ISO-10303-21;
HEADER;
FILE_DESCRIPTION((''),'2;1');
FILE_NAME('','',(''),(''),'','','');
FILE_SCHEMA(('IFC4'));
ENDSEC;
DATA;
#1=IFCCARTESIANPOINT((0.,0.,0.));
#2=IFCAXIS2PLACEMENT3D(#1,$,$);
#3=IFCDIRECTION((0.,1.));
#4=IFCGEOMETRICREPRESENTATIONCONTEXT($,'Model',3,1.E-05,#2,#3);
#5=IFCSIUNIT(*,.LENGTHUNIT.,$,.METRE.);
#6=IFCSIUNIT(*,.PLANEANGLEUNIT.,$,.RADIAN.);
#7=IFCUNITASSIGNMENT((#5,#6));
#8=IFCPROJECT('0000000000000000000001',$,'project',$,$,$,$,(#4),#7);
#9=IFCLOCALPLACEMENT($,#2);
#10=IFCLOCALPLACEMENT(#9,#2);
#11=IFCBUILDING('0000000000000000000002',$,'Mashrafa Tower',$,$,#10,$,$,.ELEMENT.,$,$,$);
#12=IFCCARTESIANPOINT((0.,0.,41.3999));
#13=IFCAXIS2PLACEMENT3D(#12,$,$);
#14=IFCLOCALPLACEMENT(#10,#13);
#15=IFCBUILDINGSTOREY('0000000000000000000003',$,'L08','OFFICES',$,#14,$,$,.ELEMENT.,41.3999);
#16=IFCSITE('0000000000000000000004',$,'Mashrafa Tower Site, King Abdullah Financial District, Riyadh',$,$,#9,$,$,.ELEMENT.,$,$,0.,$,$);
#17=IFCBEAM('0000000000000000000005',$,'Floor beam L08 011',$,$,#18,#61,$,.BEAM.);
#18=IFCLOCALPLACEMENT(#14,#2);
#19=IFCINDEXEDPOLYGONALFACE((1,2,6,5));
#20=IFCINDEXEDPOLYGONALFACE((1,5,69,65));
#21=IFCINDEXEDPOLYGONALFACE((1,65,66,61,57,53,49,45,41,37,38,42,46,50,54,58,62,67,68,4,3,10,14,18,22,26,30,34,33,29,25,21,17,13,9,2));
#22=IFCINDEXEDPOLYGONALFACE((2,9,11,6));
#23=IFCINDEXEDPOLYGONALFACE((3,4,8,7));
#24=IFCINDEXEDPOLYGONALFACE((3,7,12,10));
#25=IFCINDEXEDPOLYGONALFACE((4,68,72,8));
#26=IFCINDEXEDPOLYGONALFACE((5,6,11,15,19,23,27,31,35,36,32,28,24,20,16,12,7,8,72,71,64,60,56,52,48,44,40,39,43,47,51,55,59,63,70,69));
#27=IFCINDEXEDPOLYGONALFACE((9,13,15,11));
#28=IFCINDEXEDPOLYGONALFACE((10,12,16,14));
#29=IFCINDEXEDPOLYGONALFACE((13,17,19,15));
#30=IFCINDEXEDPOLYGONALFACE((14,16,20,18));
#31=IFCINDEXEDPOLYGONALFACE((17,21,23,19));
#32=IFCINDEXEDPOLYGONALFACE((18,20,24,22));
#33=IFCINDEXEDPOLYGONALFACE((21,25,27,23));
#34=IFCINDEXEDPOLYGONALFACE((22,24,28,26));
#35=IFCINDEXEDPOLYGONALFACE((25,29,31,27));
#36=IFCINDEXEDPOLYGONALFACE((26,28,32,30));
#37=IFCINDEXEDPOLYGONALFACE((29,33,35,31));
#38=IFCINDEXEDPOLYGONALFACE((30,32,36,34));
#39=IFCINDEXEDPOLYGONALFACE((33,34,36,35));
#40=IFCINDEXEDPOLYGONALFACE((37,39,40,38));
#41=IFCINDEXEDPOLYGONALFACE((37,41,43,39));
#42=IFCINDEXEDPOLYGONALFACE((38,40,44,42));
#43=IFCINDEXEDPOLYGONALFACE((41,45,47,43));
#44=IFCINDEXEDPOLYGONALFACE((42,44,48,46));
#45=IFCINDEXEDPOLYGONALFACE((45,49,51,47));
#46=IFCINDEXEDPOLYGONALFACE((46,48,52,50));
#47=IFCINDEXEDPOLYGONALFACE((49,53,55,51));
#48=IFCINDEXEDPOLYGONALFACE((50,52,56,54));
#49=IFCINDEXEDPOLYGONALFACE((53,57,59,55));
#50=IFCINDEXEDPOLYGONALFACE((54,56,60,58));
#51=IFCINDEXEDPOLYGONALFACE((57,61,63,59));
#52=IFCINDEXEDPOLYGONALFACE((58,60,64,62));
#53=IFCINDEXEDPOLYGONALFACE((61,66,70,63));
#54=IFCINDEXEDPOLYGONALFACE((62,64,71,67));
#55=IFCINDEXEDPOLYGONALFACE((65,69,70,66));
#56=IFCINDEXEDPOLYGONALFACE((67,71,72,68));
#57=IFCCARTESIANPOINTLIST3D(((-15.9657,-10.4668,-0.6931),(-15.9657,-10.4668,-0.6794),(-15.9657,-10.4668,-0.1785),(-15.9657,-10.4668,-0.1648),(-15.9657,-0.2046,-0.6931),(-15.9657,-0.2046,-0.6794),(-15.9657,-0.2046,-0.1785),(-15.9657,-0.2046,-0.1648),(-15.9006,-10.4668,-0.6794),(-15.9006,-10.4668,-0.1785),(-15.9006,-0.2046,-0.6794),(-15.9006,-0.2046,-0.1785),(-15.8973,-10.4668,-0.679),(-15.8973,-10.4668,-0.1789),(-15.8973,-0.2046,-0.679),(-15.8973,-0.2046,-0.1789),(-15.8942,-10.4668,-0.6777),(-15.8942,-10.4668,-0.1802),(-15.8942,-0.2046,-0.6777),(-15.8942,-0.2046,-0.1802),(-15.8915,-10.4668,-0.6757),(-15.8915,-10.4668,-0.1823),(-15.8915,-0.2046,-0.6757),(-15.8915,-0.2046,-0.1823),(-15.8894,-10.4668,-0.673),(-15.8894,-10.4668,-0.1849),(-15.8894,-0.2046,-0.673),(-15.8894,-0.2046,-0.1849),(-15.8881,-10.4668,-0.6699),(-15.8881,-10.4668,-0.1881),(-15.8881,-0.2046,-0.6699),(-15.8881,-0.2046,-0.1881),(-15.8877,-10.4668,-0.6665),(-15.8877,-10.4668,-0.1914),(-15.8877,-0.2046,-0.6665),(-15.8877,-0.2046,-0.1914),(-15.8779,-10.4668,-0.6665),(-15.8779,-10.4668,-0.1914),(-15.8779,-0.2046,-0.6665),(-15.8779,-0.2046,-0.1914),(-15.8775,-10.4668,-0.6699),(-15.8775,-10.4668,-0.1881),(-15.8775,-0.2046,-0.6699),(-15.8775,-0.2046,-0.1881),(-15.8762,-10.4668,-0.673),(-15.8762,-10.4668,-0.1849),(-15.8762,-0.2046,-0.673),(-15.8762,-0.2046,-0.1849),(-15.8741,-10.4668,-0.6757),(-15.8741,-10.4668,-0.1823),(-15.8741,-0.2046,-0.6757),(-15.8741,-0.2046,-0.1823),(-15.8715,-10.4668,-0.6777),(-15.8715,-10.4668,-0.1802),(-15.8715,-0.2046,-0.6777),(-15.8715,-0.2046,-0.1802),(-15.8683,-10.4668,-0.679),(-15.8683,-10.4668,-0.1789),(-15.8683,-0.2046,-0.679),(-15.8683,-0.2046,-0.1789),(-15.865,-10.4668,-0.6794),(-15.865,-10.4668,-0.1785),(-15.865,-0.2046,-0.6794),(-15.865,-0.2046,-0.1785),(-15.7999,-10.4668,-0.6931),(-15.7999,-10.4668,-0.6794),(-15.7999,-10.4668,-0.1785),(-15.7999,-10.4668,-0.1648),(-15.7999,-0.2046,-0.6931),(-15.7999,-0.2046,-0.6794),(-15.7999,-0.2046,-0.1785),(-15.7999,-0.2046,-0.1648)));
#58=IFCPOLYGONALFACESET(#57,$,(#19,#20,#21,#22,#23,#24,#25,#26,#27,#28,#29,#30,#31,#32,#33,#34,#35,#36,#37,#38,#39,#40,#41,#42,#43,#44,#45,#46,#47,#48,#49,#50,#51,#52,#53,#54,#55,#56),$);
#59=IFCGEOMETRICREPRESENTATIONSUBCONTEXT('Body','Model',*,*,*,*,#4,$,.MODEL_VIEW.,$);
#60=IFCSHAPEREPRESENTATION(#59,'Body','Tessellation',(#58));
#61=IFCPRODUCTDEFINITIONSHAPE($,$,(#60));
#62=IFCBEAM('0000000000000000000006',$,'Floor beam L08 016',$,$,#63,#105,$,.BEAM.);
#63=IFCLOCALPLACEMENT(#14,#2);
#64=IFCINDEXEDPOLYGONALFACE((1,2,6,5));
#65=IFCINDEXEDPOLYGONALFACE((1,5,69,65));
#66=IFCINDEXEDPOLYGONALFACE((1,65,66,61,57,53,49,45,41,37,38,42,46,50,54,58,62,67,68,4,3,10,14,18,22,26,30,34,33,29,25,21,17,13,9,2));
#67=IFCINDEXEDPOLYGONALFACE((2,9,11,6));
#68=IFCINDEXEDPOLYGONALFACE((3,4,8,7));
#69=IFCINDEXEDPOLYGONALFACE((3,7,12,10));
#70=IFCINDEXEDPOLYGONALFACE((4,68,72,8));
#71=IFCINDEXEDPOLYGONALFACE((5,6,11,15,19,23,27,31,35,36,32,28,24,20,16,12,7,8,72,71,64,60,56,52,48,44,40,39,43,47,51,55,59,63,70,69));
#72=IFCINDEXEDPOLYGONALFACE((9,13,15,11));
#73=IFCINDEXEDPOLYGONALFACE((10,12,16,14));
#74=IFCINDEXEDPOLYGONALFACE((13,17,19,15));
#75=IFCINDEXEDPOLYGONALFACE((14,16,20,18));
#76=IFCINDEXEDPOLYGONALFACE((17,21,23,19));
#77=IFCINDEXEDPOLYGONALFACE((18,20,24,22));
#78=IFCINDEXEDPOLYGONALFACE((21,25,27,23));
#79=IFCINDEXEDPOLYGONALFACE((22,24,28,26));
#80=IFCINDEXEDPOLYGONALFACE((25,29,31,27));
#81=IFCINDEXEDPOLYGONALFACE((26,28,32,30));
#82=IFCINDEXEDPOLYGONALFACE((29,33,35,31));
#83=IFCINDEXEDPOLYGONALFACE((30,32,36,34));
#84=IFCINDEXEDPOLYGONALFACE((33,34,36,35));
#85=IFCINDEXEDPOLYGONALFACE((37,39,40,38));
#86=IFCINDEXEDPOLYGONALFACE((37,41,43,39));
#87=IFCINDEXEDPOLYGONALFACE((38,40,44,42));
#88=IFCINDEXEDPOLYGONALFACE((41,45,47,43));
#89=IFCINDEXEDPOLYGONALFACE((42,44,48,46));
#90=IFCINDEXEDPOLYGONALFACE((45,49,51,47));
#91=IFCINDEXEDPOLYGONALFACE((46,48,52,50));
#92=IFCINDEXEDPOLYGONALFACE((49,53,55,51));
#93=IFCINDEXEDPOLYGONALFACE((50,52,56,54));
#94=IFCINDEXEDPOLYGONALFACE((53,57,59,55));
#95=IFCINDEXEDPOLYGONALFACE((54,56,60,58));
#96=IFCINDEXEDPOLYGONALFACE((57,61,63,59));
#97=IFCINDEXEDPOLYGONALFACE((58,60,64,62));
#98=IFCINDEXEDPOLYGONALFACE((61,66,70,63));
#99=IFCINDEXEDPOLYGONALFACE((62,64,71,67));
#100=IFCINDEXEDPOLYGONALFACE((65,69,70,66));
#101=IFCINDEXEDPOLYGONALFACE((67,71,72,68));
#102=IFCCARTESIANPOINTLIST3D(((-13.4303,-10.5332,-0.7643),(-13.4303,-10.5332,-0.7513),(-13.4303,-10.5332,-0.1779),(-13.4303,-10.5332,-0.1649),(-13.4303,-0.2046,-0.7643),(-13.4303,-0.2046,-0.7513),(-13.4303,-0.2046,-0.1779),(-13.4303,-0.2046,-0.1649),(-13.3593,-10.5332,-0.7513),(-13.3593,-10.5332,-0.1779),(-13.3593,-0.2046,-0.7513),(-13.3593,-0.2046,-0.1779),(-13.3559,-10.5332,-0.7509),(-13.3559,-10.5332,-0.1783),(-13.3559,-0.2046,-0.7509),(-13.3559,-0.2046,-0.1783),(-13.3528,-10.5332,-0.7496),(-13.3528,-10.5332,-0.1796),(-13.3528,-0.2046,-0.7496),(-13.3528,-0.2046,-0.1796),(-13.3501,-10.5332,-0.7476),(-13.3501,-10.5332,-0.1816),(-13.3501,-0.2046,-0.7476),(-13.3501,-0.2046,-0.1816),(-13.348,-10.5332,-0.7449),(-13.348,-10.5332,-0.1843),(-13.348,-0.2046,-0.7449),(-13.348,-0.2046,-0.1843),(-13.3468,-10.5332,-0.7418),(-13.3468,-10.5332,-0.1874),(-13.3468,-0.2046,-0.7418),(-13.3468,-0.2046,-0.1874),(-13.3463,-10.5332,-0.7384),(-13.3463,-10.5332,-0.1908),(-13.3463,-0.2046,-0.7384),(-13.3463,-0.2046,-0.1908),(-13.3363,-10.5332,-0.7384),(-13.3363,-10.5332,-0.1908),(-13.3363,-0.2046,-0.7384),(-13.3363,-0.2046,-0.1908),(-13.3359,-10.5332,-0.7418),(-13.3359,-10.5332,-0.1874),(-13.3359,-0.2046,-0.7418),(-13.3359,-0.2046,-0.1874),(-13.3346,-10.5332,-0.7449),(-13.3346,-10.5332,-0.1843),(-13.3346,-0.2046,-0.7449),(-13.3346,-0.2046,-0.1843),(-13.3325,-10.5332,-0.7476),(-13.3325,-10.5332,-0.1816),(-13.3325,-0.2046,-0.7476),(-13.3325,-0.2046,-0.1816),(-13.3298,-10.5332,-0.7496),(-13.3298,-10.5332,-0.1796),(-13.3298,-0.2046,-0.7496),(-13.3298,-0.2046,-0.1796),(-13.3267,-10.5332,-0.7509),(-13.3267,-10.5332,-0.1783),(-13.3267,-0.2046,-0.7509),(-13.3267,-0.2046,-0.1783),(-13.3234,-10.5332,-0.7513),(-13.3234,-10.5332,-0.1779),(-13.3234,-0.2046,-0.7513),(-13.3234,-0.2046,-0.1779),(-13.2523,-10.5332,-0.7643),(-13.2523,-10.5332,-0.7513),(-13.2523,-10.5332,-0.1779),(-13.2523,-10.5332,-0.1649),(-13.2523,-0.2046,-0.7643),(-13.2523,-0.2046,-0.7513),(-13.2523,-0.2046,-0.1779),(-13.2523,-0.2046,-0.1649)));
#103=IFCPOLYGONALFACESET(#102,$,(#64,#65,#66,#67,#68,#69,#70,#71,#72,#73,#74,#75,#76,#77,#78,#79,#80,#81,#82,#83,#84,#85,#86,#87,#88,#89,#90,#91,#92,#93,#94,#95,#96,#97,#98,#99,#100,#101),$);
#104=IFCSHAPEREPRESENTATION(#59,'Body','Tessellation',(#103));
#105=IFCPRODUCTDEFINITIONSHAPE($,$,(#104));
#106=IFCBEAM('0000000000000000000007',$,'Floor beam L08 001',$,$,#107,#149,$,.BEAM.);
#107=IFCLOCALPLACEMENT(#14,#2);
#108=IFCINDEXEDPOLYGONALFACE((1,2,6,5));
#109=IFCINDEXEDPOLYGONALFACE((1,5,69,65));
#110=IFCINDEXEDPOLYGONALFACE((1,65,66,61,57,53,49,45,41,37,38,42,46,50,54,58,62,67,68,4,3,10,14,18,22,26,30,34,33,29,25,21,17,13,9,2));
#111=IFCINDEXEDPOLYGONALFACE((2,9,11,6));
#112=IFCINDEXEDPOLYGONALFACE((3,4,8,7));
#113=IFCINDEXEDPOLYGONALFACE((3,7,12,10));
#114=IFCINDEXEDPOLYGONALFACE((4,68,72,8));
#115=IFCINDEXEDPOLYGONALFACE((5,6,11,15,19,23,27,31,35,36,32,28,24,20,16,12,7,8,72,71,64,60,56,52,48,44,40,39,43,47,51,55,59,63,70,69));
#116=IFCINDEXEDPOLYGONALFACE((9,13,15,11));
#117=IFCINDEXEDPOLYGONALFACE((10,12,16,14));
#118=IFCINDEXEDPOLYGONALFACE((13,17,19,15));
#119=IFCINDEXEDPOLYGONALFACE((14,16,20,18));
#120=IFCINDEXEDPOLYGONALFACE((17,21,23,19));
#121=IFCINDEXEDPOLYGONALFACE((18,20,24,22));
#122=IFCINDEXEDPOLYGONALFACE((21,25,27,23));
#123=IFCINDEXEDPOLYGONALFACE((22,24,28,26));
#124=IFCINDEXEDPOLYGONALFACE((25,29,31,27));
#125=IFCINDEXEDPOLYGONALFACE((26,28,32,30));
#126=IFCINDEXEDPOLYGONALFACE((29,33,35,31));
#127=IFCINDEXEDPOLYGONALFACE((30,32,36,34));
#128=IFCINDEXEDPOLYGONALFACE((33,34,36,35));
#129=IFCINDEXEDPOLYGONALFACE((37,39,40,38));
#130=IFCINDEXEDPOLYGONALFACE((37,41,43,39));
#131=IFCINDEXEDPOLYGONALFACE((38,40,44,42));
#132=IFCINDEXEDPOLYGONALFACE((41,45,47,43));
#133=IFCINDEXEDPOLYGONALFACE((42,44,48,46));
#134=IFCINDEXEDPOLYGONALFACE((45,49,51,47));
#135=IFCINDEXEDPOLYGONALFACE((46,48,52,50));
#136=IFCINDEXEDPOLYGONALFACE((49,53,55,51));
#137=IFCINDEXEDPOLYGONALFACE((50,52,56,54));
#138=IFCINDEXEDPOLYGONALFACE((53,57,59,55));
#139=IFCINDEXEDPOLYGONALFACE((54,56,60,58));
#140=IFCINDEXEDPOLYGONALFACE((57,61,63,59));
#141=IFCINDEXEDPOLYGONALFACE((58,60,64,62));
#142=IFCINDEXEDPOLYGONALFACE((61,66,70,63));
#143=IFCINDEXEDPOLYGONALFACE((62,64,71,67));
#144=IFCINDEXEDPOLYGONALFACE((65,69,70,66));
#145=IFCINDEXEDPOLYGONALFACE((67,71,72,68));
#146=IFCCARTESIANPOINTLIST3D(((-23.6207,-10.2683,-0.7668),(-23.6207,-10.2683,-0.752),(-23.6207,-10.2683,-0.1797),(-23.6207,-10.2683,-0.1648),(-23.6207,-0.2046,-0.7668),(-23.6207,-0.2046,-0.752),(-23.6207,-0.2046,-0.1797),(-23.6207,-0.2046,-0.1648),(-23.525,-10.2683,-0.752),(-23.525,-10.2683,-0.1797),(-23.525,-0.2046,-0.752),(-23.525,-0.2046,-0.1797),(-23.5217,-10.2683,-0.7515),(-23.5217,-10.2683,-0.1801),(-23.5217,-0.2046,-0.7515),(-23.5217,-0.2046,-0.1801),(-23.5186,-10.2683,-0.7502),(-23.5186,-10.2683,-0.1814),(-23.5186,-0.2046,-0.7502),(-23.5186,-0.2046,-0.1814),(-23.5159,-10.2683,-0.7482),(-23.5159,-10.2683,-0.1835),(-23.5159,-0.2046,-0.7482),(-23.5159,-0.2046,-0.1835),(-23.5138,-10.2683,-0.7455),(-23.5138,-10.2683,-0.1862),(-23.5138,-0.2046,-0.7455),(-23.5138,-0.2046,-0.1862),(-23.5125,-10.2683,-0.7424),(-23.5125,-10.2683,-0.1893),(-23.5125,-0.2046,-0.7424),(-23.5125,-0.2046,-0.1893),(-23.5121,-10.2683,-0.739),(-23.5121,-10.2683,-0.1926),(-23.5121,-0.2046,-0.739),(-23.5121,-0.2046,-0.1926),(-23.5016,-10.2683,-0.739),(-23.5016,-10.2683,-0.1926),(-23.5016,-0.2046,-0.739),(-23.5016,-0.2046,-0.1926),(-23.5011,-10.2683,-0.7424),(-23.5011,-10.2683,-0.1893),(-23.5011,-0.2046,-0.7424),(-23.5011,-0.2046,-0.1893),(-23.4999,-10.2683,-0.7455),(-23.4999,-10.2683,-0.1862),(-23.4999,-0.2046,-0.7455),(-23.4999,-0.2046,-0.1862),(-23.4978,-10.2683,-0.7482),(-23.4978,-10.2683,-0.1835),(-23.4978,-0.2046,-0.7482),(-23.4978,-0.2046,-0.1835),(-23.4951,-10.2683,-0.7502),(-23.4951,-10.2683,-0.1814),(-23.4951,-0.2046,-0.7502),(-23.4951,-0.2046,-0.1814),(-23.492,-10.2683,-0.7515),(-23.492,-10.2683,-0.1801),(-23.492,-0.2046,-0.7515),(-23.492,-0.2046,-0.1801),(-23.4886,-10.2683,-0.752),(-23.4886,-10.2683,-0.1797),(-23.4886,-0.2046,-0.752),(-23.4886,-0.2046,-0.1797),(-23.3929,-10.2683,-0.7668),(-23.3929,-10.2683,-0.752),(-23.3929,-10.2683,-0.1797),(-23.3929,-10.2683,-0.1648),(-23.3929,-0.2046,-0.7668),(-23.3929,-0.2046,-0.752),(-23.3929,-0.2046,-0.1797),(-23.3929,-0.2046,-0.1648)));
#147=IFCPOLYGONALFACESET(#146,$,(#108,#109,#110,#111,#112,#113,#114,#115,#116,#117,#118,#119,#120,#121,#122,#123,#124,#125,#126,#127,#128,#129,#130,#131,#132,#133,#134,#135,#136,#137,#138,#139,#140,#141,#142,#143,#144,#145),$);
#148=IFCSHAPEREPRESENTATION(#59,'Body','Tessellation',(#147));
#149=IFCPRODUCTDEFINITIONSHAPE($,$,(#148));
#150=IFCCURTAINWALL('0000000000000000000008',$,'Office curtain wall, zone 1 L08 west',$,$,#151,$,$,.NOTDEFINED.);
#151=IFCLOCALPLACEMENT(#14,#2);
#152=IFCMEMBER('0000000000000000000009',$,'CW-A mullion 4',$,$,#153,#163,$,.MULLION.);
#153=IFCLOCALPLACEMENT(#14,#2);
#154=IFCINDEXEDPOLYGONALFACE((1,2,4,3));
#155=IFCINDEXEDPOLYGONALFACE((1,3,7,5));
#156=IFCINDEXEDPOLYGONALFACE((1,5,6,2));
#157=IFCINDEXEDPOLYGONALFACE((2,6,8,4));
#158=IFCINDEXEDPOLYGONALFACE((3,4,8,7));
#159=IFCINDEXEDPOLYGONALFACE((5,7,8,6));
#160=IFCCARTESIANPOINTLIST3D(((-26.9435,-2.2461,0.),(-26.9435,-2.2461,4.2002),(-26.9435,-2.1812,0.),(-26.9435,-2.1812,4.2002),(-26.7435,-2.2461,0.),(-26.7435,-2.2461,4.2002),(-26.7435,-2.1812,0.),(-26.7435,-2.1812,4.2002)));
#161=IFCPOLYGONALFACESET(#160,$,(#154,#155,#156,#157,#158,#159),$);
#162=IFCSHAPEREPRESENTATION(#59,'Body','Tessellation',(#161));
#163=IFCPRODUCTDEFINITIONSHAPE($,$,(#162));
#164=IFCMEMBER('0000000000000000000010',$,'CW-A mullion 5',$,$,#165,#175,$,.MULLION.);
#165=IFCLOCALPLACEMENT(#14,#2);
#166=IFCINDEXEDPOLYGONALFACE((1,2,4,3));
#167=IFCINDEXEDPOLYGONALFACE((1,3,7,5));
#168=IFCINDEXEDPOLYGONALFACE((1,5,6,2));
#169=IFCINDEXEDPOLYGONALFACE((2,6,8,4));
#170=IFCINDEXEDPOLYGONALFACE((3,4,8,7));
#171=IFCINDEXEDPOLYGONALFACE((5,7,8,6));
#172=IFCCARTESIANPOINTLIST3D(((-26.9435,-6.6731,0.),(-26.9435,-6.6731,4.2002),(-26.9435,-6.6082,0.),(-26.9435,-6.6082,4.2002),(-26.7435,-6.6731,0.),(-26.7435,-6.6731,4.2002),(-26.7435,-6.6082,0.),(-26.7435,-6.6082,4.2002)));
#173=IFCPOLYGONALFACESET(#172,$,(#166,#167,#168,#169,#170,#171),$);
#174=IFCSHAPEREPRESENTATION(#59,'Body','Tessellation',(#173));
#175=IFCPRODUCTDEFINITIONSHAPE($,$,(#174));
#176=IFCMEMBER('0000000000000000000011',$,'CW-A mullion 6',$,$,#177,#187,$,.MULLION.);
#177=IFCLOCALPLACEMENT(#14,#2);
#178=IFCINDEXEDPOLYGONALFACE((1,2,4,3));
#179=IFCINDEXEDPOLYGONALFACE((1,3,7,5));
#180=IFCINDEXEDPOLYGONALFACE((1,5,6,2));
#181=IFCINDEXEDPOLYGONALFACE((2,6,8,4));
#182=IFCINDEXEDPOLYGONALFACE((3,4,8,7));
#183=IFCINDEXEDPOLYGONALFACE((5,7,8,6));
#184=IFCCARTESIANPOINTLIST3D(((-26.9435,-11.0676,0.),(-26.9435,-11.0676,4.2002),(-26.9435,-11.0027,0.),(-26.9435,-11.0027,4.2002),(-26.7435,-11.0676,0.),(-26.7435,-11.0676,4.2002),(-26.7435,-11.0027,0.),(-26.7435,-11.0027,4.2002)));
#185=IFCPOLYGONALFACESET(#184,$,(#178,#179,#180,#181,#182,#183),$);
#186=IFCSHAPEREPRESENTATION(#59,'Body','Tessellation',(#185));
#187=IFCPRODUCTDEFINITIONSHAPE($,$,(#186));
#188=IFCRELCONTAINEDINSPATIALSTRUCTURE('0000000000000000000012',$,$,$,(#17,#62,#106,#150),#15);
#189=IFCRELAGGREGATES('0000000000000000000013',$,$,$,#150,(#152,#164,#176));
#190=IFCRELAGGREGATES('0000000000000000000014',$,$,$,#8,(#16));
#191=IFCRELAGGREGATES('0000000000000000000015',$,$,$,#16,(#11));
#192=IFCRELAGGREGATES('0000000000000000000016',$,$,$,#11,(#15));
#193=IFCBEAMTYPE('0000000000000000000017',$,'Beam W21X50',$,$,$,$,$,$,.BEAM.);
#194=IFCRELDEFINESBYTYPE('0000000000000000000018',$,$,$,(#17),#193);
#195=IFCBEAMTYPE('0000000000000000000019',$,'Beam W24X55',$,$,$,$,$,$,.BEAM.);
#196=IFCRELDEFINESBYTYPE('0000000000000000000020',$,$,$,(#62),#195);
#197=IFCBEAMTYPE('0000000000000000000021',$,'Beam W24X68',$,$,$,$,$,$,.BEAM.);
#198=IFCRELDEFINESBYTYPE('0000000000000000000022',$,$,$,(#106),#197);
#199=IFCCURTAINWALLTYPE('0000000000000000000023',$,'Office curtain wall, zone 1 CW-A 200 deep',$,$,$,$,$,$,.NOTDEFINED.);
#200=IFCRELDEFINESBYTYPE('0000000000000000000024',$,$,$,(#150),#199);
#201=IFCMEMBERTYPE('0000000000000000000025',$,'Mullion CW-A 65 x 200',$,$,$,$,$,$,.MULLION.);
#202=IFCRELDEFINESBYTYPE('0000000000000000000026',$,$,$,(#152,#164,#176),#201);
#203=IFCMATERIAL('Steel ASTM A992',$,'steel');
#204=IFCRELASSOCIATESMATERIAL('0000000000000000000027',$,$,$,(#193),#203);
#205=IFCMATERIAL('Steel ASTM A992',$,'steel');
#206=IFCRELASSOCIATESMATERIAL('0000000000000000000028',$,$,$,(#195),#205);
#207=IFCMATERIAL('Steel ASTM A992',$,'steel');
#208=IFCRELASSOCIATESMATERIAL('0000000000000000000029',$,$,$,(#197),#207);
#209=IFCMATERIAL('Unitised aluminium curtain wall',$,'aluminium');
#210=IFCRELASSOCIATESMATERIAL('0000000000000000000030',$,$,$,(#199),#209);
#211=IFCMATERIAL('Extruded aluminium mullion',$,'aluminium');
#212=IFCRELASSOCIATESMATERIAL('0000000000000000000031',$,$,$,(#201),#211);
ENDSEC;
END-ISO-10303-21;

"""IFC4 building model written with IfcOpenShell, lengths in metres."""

from ifc_helpers import new_model, si_unit, direction, frame, origin, origin_2d, place, context, subcontext, project, spatial, rectangle, i_section, extrude, source, transform, mapped, material, material_profile, profile_set, type_object, type_shapes, element, aggregate, save


model = new_model("IFC4")

# Units and contexts
model_context = context("Model", 3, precision=1e-05, world=origin(), true_north=direction((0.0, 1.0)))
body_context = subcontext(model_context, "Body", "Model", "MODEL_VIEW")
ifc_project = project(units=[si_unit("LENGTHUNIT", "METRE"), si_unit("PLANEANGLEUNIT", "RADIAN")], contexts=[model_context])

# Site, building, storey
site_placement = place(None, origin())
site = spatial("IfcSite", under=ifc_project, at=site_placement, Name="Mashrafa Tower Site, King Abdullah Financial District, Riyadh", CompositionType="ELEMENT", RefElevation=0.0)
building_placement = place(site_placement, origin())
building = spatial("IfcBuilding", under=site, at=building_placement, Name="Mashrafa Tower", CompositionType="ELEMENT")
storey_placement = place(building_placement, frame((0.0, 0.0, 41.3999)))
storey = spatial("IfcBuildingStorey", under=building, at=storey_placement, Name="L08", Description="OFFICES", CompositionType="ELEMENT", Elevation=41.3999)

# Beams
ifc_material_1 = material(Name="Steel ASTM A992", Category="steel")
ifc_material_profile_1 = material_profile(ifc_material_1, i_section(OverallWidth=0.1658, OverallDepth=0.5283, WebThickness=0.0098, FlangeThickness=0.0137, FilletRadius=0.0129, at=origin_2d()), Name="W21X50")
ifc_profile_set_1 = profile_set([ifc_material_profile_1], Name="Steel ASTM A992")
beam_type_1 = type_object("IfcBeamType", Name="Beam W21X50", PredefinedType="BEAM", material=ifc_profile_set_1)
beam_1_placement = place(storey_placement, frame((-15.8828, -10.4668, -0.429), z_axis=(0.0, 1.0, 0.0), x_axis=(-1.0, 0.0, 0.0)))
element("IfcBeam", 1, at=beam_1_placement, inside=storey, type_object=beam_type_1, Name="Floor beam L08 011", PredefinedType="BEAM", context=body_context, shape_type="SweptSolid", body=[
    extrude(i_section(OverallWidth=0.1658, OverallDepth=0.5283, WebThickness=0.0098, FlangeThickness=0.0137, FilletRadius=0.0129, at=origin_2d()), origin(), (0.0, 0.0, 1.0), 10.2622),
])
ifc_material_2 = material(Name="Steel ASTM A992", Category="steel")
ifc_material_profile_2 = material_profile(ifc_material_2, i_section(OverallWidth=0.178, OverallDepth=0.5994, WebThickness=0.01, FlangeThickness=0.0129, FilletRadius=0.0129, at=origin_2d()), Name="W24X55")
ifc_profile_set_2 = profile_set([ifc_material_profile_2], Name="Steel ASTM A992")
beam_type_2 = type_object("IfcBeamType", Name="Beam W24X55", PredefinedType="BEAM", material=ifc_profile_set_2)
beam_2_placement = place(storey_placement, frame((-13.3413, -10.5332, -0.4646), z_axis=(0.0, 1.0, 0.0), x_axis=(-1.0, 0.0, 0.0)))
element("IfcBeam", 2, at=beam_2_placement, inside=storey, type_object=beam_type_2, Name="Floor beam L08 016", PredefinedType="BEAM", context=body_context, shape_type="SweptSolid", body=[
    extrude(i_section(OverallWidth=0.178, OverallDepth=0.5994, WebThickness=0.01, FlangeThickness=0.0129, FilletRadius=0.0129, at=origin_2d()), origin(), (0.0, 0.0, 1.0), 10.3286),
])
ifc_material_3 = material(Name="Steel ASTM A992", Category="steel")
ifc_material_profile_3 = material_profile(ifc_material_3, i_section(OverallWidth=0.2278, OverallDepth=0.6021, WebThickness=0.0105, FlangeThickness=0.0149, FilletRadius=0.0129, at=origin_2d()), Name="W24X68")
ifc_profile_set_3 = profile_set([ifc_material_profile_3], Name="Steel ASTM A992")
beam_type_3 = type_object("IfcBeamType", Name="Beam W24X68", PredefinedType="BEAM", material=ifc_profile_set_3)
beam_3_placement = place(storey_placement, frame((-23.5068, -10.2683, -0.4658), z_axis=(0.0, 1.0, 0.0), x_axis=(-1.0, 0.0, 0.0)))
element("IfcBeam", 3, at=beam_3_placement, inside=storey, type_object=beam_type_3, Name="Floor beam L08 001", PredefinedType="BEAM", context=body_context, shape_type="SweptSolid", body=[
    extrude(i_section(OverallWidth=0.2278, OverallDepth=0.6021, WebThickness=0.0105, FlangeThickness=0.0149, FilletRadius=0.0129, at=origin_2d()), origin(), (0.0, 0.0, 1.0), 10.0637),
])

# Curtain wall, members
ifc_material_4 = material(Name="Unitised aluminium curtain wall", Category="aluminium")
curtain_wall_type = type_object("IfcCurtainWallType", Name="Office curtain wall, zone 1 CW-A 200 deep", PredefinedType="NOTDEFINED", material=ifc_material_4)
curtain_wall_placement = place(storey_placement, origin())
curtain_wall = element("IfcCurtainWall", 4, at=curtain_wall_placement, inside=storey, type_object=curtain_wall_type, Name="Office curtain wall, zone 1 L08 west", PredefinedType="NOTDEFINED")
ifc_material_5 = material(Name="Extruded aluminium mullion", Category="aluminium")
ifc_material_profile_4 = material_profile(ifc_material_5, rectangle(XDim=0.2, YDim=0.0649, at=origin_2d()), Name="Mullion 65x200")
ifc_profile_set_4 = profile_set([ifc_material_profile_4], Name="Extruded aluminium mullion")
member_type_1 = type_object("IfcMemberType", Name="Mullion CW-A 65 x 200", PredefinedType="MULLION", material=ifc_profile_set_4)
shared_shape_1 = source(origin(), body_context, "Body", "SweptSolid", [
    extrude(rectangle(XDim=0.2, YDim=0.0649, at=origin_2d()), origin(), (0.0, 0.0, 1.0), 4.2002),
])
type_shapes(member_type_1, [shared_shape_1])
member_1_placement = place(storey_placement, frame((-26.8435, -2.2136, 0.0), z_axis=(0.0, 0.0, 1.0), x_axis=(1.0, 0.0, 0.0)))
member_1 = element("IfcMember", 5, at=member_1_placement, type_object=member_type_1, Name="CW-A mullion 4", PredefinedType="MULLION", context=body_context, shape_type="MappedRepresentation", body=[
    mapped(shared_shape_1, transform((0.0, 0.0, 0.0))),
])
member_2_placement = place(storey_placement, frame((-26.8435, -6.6406, 0.0), z_axis=(0.0, 0.0, 1.0), x_axis=(1.0, 0.0, 0.0)))
member_2 = element("IfcMember", 6, at=member_2_placement, type_object=member_type_1, Name="CW-A mullion 5", PredefinedType="MULLION", context=body_context, shape_type="MappedRepresentation", body=[
    mapped(shared_shape_1, transform((0.0, 0.0, 0.0))),
])
member_3_placement = place(storey_placement, frame((-26.8435, -11.0352, 0.0), z_axis=(0.0, 0.0, 1.0), x_axis=(1.0, 0.0, 0.0)))
member_3 = element("IfcMember", 7, at=member_3_placement, type_object=member_type_1, Name="CW-A mullion 6", PredefinedType="MULLION", context=body_context, shape_type="MappedRepresentation", body=[
    mapped(shared_shape_1, transform((0.0, 0.0, 0.0))),
])
aggregate(curtain_wall, [member_1, member_2, member_3])

save(model, "model.ifc")
